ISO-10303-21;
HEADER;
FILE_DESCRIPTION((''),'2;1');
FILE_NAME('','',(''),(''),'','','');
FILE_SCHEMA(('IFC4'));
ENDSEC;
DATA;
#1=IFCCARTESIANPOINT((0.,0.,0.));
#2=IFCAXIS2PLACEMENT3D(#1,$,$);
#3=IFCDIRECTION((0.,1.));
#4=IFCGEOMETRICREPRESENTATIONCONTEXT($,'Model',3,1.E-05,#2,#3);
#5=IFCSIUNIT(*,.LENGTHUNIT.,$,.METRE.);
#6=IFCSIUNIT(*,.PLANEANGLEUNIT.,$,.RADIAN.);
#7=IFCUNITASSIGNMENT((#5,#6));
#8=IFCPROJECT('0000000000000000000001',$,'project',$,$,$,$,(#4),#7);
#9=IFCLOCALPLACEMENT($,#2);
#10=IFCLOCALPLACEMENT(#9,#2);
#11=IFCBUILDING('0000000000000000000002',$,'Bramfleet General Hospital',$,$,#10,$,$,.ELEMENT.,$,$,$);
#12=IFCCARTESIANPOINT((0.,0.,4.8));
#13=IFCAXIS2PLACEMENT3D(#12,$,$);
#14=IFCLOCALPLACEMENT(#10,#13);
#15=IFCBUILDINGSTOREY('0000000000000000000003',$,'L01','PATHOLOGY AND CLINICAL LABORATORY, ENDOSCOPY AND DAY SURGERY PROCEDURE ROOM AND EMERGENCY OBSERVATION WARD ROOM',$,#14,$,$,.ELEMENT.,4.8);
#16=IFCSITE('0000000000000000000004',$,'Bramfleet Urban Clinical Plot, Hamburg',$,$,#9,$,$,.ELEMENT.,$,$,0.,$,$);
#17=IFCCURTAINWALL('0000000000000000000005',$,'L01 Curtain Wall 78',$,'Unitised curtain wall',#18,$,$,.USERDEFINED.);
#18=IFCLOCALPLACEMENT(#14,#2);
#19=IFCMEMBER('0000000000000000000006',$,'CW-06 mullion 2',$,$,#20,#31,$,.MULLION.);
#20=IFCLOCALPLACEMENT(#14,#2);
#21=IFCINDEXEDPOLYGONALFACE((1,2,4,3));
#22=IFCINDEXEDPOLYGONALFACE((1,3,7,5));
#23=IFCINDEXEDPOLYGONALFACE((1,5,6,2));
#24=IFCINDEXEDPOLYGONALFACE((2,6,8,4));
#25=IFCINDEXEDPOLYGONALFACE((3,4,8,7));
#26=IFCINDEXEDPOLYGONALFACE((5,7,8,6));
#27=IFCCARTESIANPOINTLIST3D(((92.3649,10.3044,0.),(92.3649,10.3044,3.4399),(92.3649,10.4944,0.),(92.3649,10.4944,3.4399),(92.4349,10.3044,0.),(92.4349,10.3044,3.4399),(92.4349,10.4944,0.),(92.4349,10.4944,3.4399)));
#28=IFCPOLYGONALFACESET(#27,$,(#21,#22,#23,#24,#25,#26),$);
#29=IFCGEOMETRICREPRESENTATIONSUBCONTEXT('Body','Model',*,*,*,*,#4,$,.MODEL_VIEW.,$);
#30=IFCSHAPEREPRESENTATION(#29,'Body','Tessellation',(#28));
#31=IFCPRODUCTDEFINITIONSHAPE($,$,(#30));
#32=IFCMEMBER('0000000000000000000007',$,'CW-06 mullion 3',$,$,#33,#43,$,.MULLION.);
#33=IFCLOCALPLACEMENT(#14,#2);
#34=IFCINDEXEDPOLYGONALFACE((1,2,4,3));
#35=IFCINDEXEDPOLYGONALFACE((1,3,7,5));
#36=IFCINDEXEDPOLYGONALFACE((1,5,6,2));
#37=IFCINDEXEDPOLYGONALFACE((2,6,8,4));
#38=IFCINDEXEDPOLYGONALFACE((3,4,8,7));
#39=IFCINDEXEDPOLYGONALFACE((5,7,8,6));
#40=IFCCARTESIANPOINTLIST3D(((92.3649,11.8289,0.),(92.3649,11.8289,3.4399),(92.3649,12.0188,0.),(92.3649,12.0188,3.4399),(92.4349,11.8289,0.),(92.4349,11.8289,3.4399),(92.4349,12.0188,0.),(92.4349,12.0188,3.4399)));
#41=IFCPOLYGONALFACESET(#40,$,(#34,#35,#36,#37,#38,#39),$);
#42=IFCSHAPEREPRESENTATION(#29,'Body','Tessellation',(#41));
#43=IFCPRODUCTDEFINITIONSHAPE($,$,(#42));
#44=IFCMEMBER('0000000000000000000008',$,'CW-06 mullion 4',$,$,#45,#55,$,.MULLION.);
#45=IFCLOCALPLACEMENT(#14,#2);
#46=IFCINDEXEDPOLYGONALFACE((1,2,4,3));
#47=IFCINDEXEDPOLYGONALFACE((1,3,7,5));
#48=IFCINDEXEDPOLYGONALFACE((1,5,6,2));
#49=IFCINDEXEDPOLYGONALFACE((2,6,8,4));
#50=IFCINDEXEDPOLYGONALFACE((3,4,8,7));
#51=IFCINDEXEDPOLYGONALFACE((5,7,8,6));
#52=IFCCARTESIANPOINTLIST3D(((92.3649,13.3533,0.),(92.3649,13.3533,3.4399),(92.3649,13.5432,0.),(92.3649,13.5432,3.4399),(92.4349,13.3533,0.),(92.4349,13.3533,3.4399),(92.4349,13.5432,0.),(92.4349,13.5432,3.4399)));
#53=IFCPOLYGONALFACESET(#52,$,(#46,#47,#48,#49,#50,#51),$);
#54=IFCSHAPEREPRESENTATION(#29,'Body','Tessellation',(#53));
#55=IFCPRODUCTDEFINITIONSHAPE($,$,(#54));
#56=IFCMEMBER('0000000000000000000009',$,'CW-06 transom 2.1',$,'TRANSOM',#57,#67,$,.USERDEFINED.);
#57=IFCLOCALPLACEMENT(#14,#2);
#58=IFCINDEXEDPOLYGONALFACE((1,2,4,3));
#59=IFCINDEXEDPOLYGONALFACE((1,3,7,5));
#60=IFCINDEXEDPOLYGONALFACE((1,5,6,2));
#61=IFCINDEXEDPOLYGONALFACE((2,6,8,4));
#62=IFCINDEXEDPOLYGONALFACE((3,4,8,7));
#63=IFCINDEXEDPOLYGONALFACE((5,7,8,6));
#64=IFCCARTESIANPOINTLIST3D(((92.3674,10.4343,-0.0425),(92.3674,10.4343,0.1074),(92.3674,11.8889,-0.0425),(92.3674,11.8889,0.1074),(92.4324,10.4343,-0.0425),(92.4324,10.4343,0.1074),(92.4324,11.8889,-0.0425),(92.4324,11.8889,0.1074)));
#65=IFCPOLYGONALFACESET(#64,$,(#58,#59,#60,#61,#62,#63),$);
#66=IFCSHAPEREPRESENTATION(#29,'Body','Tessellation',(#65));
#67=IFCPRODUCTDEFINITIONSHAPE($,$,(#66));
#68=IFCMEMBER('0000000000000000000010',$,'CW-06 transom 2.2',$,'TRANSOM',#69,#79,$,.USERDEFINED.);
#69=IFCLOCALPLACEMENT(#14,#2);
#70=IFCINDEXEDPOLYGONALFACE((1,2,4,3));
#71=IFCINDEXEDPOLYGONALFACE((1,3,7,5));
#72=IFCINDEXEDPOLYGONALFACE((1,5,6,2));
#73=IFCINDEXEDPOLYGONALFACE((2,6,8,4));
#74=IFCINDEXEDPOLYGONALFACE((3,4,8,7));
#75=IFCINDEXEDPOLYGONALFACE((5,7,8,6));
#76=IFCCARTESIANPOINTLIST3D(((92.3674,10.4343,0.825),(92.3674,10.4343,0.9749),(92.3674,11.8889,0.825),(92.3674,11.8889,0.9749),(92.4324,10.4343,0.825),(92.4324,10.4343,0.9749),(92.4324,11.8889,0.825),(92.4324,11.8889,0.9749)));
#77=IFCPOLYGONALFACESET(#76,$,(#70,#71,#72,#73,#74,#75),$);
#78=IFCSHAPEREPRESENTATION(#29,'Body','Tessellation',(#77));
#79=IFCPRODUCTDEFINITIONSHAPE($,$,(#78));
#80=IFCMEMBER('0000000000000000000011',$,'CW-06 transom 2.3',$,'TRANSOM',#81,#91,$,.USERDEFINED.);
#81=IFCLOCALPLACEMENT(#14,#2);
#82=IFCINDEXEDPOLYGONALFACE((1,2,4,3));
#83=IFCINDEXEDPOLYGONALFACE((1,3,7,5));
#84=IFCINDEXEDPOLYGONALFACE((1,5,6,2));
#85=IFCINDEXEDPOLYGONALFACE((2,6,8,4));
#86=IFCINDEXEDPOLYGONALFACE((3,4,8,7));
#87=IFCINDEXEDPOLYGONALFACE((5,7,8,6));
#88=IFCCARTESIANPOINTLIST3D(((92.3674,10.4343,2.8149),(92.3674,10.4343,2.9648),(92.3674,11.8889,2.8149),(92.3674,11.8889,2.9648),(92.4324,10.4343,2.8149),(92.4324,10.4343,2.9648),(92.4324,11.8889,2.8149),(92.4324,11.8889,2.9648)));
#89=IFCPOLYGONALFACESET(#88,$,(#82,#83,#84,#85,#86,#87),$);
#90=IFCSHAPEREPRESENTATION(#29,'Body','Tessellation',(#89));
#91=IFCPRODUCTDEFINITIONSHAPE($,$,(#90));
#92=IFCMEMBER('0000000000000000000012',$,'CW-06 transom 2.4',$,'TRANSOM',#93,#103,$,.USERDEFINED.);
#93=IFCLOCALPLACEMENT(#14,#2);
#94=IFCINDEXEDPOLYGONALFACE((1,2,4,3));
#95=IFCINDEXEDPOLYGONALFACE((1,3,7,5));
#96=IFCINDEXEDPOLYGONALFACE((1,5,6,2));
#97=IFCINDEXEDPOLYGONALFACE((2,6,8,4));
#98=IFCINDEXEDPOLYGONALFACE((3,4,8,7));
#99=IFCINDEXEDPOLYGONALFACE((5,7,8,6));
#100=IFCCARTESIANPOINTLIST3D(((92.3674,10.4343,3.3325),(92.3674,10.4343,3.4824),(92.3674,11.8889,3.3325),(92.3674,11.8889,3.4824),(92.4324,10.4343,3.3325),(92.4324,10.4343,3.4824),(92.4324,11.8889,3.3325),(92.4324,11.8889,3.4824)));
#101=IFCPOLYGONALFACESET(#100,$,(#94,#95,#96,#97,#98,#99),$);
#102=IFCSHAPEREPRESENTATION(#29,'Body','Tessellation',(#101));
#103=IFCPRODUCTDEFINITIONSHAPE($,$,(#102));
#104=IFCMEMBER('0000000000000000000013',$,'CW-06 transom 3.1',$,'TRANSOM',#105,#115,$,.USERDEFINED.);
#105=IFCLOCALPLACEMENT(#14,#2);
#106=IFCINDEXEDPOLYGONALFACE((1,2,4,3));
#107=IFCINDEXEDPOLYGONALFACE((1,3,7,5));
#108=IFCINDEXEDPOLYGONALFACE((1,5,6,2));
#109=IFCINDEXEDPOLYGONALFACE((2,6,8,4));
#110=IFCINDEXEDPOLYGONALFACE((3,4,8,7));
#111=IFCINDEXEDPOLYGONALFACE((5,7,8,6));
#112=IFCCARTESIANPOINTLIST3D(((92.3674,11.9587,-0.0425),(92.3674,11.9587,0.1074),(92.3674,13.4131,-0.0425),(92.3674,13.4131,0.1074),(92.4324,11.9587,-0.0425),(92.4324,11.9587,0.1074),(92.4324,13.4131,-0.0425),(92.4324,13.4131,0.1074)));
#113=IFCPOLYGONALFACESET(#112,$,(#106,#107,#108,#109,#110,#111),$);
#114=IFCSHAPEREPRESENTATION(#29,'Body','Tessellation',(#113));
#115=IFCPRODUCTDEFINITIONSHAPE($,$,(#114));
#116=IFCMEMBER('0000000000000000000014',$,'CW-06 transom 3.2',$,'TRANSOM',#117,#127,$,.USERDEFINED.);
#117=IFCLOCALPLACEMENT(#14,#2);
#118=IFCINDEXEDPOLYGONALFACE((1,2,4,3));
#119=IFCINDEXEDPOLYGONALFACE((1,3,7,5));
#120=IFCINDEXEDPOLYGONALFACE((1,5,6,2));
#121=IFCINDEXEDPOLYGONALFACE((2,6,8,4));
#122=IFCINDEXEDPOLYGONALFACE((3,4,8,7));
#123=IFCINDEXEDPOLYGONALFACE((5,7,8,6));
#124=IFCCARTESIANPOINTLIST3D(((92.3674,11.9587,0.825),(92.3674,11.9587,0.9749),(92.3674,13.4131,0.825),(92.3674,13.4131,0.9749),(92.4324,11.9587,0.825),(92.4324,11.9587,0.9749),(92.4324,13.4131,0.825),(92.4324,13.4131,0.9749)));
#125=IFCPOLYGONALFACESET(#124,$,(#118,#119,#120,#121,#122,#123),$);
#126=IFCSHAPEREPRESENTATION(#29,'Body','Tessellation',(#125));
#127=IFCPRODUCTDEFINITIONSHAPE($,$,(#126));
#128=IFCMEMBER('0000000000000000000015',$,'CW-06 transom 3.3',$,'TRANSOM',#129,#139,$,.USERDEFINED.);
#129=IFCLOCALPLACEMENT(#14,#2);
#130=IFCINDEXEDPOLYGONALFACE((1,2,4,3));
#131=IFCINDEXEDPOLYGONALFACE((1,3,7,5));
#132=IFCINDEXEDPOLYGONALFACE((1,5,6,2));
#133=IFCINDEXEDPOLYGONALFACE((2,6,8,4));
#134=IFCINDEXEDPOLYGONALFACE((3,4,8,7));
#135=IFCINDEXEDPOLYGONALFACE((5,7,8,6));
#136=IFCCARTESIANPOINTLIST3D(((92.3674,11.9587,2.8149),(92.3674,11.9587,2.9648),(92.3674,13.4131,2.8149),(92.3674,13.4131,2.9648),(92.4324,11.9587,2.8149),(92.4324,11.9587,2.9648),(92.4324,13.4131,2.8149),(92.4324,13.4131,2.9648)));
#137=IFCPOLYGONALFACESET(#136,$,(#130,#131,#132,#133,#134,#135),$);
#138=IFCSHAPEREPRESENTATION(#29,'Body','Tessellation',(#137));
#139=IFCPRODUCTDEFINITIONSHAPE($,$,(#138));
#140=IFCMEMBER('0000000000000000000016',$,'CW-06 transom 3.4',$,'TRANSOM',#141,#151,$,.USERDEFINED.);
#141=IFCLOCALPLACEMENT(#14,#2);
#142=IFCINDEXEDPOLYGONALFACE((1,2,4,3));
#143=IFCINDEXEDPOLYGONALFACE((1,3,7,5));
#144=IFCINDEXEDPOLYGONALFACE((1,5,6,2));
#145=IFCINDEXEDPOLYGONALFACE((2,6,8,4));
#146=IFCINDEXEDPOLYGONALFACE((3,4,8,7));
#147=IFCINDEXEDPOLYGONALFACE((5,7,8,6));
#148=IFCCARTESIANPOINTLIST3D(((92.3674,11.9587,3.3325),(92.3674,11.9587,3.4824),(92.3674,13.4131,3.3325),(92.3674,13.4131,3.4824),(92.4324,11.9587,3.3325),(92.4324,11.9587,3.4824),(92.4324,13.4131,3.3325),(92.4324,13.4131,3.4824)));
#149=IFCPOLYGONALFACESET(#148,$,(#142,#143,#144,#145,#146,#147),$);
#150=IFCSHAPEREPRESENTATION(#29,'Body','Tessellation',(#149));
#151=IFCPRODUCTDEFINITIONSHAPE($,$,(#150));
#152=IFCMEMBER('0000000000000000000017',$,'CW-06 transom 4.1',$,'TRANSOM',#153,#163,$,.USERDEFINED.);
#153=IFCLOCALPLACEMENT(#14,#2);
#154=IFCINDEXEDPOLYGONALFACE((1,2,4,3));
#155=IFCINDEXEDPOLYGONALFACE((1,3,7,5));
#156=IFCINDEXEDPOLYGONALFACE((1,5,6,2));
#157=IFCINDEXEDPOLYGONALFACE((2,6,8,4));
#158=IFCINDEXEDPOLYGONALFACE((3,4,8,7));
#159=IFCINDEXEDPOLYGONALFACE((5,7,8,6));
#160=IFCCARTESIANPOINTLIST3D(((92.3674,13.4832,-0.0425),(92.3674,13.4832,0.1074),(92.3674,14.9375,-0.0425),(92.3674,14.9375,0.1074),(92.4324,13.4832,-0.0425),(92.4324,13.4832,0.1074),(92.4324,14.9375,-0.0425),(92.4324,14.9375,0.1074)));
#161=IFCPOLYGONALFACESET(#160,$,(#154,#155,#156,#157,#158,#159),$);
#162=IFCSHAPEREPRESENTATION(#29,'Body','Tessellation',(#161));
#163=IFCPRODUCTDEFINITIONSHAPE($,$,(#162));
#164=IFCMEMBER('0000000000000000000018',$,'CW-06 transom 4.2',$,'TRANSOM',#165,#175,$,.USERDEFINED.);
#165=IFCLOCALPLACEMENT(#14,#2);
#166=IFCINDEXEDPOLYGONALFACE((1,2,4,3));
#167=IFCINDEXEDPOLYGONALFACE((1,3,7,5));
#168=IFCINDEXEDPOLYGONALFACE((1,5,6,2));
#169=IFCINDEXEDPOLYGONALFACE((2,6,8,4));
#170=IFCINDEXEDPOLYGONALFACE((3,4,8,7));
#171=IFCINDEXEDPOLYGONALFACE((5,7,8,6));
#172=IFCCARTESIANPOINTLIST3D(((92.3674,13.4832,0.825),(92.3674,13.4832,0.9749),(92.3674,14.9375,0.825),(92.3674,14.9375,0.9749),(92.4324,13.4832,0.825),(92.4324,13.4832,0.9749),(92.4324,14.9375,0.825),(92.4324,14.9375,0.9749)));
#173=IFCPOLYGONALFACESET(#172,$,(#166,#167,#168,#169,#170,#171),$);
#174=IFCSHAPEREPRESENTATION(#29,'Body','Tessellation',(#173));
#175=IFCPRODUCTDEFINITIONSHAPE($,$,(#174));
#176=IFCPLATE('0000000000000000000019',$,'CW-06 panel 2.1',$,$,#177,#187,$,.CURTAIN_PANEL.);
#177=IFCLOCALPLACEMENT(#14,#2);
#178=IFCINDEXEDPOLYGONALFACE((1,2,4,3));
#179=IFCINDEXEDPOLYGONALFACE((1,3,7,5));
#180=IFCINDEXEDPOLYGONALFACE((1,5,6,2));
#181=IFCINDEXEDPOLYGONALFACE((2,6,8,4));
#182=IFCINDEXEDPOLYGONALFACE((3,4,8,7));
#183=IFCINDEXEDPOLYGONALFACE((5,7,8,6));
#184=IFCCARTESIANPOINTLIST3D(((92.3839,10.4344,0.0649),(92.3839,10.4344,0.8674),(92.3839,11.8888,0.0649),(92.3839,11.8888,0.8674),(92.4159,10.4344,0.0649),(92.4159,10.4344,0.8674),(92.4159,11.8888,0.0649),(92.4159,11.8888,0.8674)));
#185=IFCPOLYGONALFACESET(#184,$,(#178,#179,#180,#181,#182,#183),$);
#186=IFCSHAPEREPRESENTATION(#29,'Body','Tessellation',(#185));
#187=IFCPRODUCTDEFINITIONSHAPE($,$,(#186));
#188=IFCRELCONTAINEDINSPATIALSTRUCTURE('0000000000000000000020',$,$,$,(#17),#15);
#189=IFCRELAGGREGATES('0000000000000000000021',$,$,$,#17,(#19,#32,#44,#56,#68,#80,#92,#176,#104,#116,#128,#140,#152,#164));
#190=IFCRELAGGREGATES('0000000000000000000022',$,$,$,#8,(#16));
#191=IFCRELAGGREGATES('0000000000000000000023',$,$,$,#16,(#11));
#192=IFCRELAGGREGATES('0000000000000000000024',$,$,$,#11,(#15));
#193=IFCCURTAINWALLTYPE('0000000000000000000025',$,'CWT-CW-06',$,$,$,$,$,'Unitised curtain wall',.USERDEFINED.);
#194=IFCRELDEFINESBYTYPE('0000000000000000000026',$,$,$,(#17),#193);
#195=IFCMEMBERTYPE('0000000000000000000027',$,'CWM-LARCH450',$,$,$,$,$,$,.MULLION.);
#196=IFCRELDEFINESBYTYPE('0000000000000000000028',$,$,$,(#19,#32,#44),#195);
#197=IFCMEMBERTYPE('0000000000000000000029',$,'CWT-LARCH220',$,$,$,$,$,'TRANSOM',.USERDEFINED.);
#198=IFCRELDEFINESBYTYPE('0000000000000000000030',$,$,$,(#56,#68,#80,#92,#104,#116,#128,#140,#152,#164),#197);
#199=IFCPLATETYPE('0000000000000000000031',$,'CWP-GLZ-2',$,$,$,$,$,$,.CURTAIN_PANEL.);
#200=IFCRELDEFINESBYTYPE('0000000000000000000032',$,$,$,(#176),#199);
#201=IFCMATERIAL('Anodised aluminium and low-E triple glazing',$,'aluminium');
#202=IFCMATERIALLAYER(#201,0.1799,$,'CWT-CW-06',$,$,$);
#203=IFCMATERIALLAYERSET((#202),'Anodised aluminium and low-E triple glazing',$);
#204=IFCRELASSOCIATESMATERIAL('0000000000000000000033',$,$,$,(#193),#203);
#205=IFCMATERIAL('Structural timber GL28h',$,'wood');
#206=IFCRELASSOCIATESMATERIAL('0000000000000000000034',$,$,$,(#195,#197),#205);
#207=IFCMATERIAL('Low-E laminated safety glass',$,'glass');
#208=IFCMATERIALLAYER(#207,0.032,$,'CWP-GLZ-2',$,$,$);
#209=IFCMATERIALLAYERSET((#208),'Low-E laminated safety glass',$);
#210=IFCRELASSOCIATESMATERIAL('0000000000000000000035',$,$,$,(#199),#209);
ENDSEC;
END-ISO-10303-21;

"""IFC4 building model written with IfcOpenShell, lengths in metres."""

from ifc_helpers import new_model, si_unit, direction, frame, origin, origin_2d, place, context, subcontext, project, spatial, rectangle, extrude, material, layer, layer_set, material_profile, profile_set, type_object, element, aggregate, save


model = new_model("IFC4")

# Units and contexts
model_context = context("Model", 3, precision=1e-05, world=origin(), true_north=direction((0.0, 1.0)))
body_context = subcontext(model_context, "Body", "Model", "MODEL_VIEW")
ifc_project = project(units=[si_unit("LENGTHUNIT", "METRE"), si_unit("PLANEANGLEUNIT", "RADIAN")], contexts=[model_context])

# Site, building, storey
site_placement = place(None, origin())
site = spatial("IfcSite", under=ifc_project, at=site_placement, Name="Bramfleet Urban Clinical Plot, Hamburg", CompositionType="ELEMENT", RefElevation=0.0)
building_placement = place(site_placement, origin())
building = spatial("IfcBuilding", under=site, at=building_placement, Name="Bramfleet General Hospital", CompositionType="ELEMENT")
storey_placement = place(building_placement, frame((0.0, 0.0, 4.8)))
storey = spatial("IfcBuildingStorey", under=building, at=storey_placement, Name="L01", Description="PATHOLOGY AND CLINICAL LABORATORY, ENDOSCOPY AND DAY SURGERY PROCEDURE ROOM AND EMERGENCY OBSERVATION WARD ROOM", CompositionType="ELEMENT", Elevation=4.8)

# Curtain wall, members, plate
ifc_material_1 = material(Name="Anodised aluminium and low-E triple glazing", Category="aluminium")
ifc_layer_1 = layer(ifc_material_1, 0.1799, Name="CWT-CW-06")
ifc_layer_set_1 = layer_set([ifc_layer_1], Name="Anodised aluminium and low-E triple glazing")
curtain_wall_type = type_object("IfcCurtainWallType", Name="CWT-CW-06", ElementType="Unitised curtain wall", PredefinedType="USERDEFINED", material=ifc_layer_set_1)
curtain_wall_placement = place(storey_placement, origin())
curtain_wall = element("IfcCurtainWall", 1, at=curtain_wall_placement, inside=storey, type_object=curtain_wall_type, Name="L01 Curtain Wall 78", ObjectType="Unitised curtain wall", PredefinedType="USERDEFINED")
ifc_material_2 = material(Name="Structural timber GL28h", Category="wood")
ifc_material_profile_1 = material_profile(ifc_material_2, rectangle(XDim=0.0701, YDim=0.1899, at=origin_2d()), Name="LARCH 190x70")
ifc_profile_set_1 = profile_set([ifc_material_profile_1], Name="Structural timber GL28h")
member_type_1 = type_object("IfcMemberType", Name="CWM-LARCH450", PredefinedType="MULLION", material=ifc_profile_set_1)
member_1_placement = place(storey_placement, frame((92.3999, 10.3994, 0.0), z_axis=(0.0, 0.0, 1.0), x_axis=(-1.0, 0.0, 0.0)))
member_1 = element("IfcMember", 2, at=member_1_placement, type_object=member_type_1, Name="CW-06 mullion 2", PredefinedType="MULLION", context=body_context, shape_type="SweptSolid", body=[
    extrude(rectangle(XDim=0.0701, YDim=0.1899, at=origin_2d()), origin(), (0.0, 0.0, 1.0), 3.4399),
])
member_2_placement = place(storey_placement, frame((92.3999, 11.9238, 0.0), z_axis=(0.0, 0.0, 1.0), x_axis=(-1.0, 0.0, 0.0)))
member_2 = element("IfcMember", 3, at=member_2_placement, type_object=member_type_1, Name="CW-06 mullion 3", PredefinedType="MULLION", context=body_context, shape_type="SweptSolid", body=[
    extrude(rectangle(XDim=0.0701, YDim=0.1899, at=origin_2d()), origin(), (0.0, 0.0, 1.0), 3.4399),
])
member_3_placement = place(storey_placement, frame((92.3999, 13.4482, 0.0), z_axis=(0.0, 0.0, 1.0), x_axis=(-1.0, 0.0, 0.0)))
member_3 = element("IfcMember", 4, at=member_3_placement, type_object=member_type_1, Name="CW-06 mullion 4", PredefinedType="MULLION", context=body_context, shape_type="SweptSolid", body=[
    extrude(rectangle(XDim=0.0701, YDim=0.1899, at=origin_2d()), origin(), (0.0, 0.0, 1.0), 3.4399),
])
ifc_material_profile_2 = material_profile(ifc_material_2, rectangle(XDim=0.0649, YDim=0.1499, at=origin_2d()), Name="LARCH 150x65")
ifc_profile_set_2 = profile_set([ifc_material_profile_2], Name="Structural timber GL28h")
member_type_2 = type_object("IfcMemberType", Name="CWT-LARCH220", ElementType="TRANSOM", PredefinedType="USERDEFINED", material=ifc_profile_set_2)
member_4_placement = place(storey_placement, frame((92.3999, 10.4343, 0.0325), z_axis=(0.0, 1.0, 0.0), x_axis=(-1.0, 0.0, 0.0)))
member_4 = element("IfcMember", 5, at=member_4_placement, type_object=member_type_2, Name="CW-06 transom 2.1", ObjectType="TRANSOM", PredefinedType="USERDEFINED", context=body_context, shape_type="SweptSolid", body=[
    extrude(rectangle(XDim=0.0649, YDim=0.1499, at=origin_2d()), origin(), (0.0, 0.0, 1.0), 1.4546),
])
member_5_placement = place(storey_placement, frame((92.3999, 10.4343, 0.8999), z_axis=(0.0, 1.0, 0.0), x_axis=(-1.0, 0.0, 0.0)))
member_5 = element("IfcMember", 6, at=member_5_placement, type_object=member_type_2, Name="CW-06 transom 2.2", ObjectType="TRANSOM", PredefinedType="USERDEFINED", context=body_context, shape_type="SweptSolid", body=[
    extrude(rectangle(XDim=0.0649, YDim=0.1499, at=origin_2d()), origin(), (0.0, 0.0, 1.0), 1.4546),
])
member_6_placement = place(storey_placement, frame((92.3999, 10.4343, 2.8899), z_axis=(0.0, 1.0, 0.0), x_axis=(-1.0, 0.0, 0.0)))
member_6 = element("IfcMember", 7, at=member_6_placement, type_object=member_type_2, Name="CW-06 transom 2.3", ObjectType="TRANSOM", PredefinedType="USERDEFINED", context=body_context, shape_type="SweptSolid", body=[
    extrude(rectangle(XDim=0.0649, YDim=0.1499, at=origin_2d()), origin(), (0.0, 0.0, 1.0), 1.4546),
])
member_7_placement = place(storey_placement, frame((92.3999, 10.4343, 3.4075), z_axis=(0.0, 1.0, 0.0), x_axis=(-1.0, 0.0, 0.0)))
member_7 = element("IfcMember", 8, at=member_7_placement, type_object=member_type_2, Name="CW-06 transom 2.4", ObjectType="TRANSOM", PredefinedType="USERDEFINED", context=body_context, shape_type="SweptSolid", body=[
    extrude(rectangle(XDim=0.0649, YDim=0.1499, at=origin_2d()), origin(), (0.0, 0.0, 1.0), 1.4546),
])
member_8_placement = place(storey_placement, frame((92.3999, 11.9587, 0.0325), z_axis=(0.0, 1.0, 0.0), x_axis=(-1.0, 0.0, 0.0)))
member_8 = element("IfcMember", 9, at=member_8_placement, type_object=member_type_2, Name="CW-06 transom 3.1", ObjectType="TRANSOM", PredefinedType="USERDEFINED", context=body_context, shape_type="SweptSolid", body=[
    extrude(rectangle(XDim=0.0649, YDim=0.1499, at=origin_2d()), origin(), (0.0, 0.0, 1.0), 1.4543),
])
member_9_placement = place(storey_placement, frame((92.3999, 11.9587, 0.8999), z_axis=(0.0, 1.0, 0.0), x_axis=(-1.0, 0.0, 0.0)))
member_9 = element("IfcMember", 10, at=member_9_placement, type_object=member_type_2, Name="CW-06 transom 3.2", ObjectType="TRANSOM", PredefinedType="USERDEFINED", context=body_context, shape_type="SweptSolid", body=[
    extrude(rectangle(XDim=0.0649, YDim=0.1499, at=origin_2d()), origin(), (0.0, 0.0, 1.0), 1.4543),
])
member_10_placement = place(storey_placement, frame((92.3999, 11.9587, 2.8899), z_axis=(0.0, 1.0, 0.0), x_axis=(-1.0, 0.0, 0.0)))
member_10 = element("IfcMember", 11, at=member_10_placement, type_object=member_type_2, Name="CW-06 transom 3.3", ObjectType="TRANSOM", PredefinedType="USERDEFINED", context=body_context, shape_type="SweptSolid", body=[
    extrude(rectangle(XDim=0.0649, YDim=0.1499, at=origin_2d()), origin(), (0.0, 0.0, 1.0), 1.4543),
])
member_11_placement = place(storey_placement, frame((92.3999, 11.9587, 3.4075), z_axis=(0.0, 1.0, 0.0), x_axis=(-1.0, 0.0, 0.0)))
member_11 = element("IfcMember", 12, at=member_11_placement, type_object=member_type_2, Name="CW-06 transom 3.4", ObjectType="TRANSOM", PredefinedType="USERDEFINED", context=body_context, shape_type="SweptSolid", body=[
    extrude(rectangle(XDim=0.0649, YDim=0.1499, at=origin_2d()), origin(), (0.0, 0.0, 1.0), 1.4543),
])
member_12_placement = place(storey_placement, frame((92.3999, 13.4832, 0.0325), z_axis=(0.0, 1.0, 0.0), x_axis=(-1.0, 0.0, 0.0)))
member_12 = element("IfcMember", 13, at=member_12_placement, type_object=member_type_2, Name="CW-06 transom 4.1", ObjectType="TRANSOM", PredefinedType="USERDEFINED", context=body_context, shape_type="SweptSolid", body=[
    extrude(rectangle(XDim=0.0649, YDim=0.1499, at=origin_2d()), origin(), (0.0, 0.0, 1.0), 1.4543),
])
member_13_placement = place(storey_placement, frame((92.3999, 13.4832, 0.8999), z_axis=(0.0, 1.0, 0.0), x_axis=(-1.0, 0.0, 0.0)))
member_13 = element("IfcMember", 14, at=member_13_placement, type_object=member_type_2, Name="CW-06 transom 4.2", ObjectType="TRANSOM", PredefinedType="USERDEFINED", context=body_context, shape_type="SweptSolid", body=[
    extrude(rectangle(XDim=0.0649, YDim=0.1499, at=origin_2d()), origin(), (0.0, 0.0, 1.0), 1.4543),
])
ifc_material_3 = material(Name="Low-E laminated safety glass", Category="glass")
ifc_layer_2 = layer(ifc_material_3, 0.032, Name="CWP-GLZ-2")
ifc_layer_set_2 = layer_set([ifc_layer_2], Name="Low-E laminated safety glass")
plate_type = type_object("IfcPlateType", Name="CWP-GLZ-2", PredefinedType="CURTAIN_PANEL", material=ifc_layer_set_2)
plate_1_placement = place(storey_placement, frame((92.3999, 11.1616, 0.0649), z_axis=(0.0, 0.0, 1.0), x_axis=(0.0, 1.0, 0.0)))
plate_1 = element("IfcPlate", 15, at=plate_1_placement, type_object=plate_type, Name="CW-06 panel 2.1", PredefinedType="CURTAIN_PANEL", context=body_context, shape_type="SweptSolid", body=[
    extrude(rectangle(XDim=1.4543, YDim=0.032, at=origin_2d()), origin(), (0.0, 0.0, 1.0), 0.8025),
])
aggregate(curtain_wall, [member_1, member_2, member_3, member_4, member_5, member_6, member_7, plate_1, member_8, member_9, member_10, member_11, member_12, member_13])

save(model, "model.ifc")
